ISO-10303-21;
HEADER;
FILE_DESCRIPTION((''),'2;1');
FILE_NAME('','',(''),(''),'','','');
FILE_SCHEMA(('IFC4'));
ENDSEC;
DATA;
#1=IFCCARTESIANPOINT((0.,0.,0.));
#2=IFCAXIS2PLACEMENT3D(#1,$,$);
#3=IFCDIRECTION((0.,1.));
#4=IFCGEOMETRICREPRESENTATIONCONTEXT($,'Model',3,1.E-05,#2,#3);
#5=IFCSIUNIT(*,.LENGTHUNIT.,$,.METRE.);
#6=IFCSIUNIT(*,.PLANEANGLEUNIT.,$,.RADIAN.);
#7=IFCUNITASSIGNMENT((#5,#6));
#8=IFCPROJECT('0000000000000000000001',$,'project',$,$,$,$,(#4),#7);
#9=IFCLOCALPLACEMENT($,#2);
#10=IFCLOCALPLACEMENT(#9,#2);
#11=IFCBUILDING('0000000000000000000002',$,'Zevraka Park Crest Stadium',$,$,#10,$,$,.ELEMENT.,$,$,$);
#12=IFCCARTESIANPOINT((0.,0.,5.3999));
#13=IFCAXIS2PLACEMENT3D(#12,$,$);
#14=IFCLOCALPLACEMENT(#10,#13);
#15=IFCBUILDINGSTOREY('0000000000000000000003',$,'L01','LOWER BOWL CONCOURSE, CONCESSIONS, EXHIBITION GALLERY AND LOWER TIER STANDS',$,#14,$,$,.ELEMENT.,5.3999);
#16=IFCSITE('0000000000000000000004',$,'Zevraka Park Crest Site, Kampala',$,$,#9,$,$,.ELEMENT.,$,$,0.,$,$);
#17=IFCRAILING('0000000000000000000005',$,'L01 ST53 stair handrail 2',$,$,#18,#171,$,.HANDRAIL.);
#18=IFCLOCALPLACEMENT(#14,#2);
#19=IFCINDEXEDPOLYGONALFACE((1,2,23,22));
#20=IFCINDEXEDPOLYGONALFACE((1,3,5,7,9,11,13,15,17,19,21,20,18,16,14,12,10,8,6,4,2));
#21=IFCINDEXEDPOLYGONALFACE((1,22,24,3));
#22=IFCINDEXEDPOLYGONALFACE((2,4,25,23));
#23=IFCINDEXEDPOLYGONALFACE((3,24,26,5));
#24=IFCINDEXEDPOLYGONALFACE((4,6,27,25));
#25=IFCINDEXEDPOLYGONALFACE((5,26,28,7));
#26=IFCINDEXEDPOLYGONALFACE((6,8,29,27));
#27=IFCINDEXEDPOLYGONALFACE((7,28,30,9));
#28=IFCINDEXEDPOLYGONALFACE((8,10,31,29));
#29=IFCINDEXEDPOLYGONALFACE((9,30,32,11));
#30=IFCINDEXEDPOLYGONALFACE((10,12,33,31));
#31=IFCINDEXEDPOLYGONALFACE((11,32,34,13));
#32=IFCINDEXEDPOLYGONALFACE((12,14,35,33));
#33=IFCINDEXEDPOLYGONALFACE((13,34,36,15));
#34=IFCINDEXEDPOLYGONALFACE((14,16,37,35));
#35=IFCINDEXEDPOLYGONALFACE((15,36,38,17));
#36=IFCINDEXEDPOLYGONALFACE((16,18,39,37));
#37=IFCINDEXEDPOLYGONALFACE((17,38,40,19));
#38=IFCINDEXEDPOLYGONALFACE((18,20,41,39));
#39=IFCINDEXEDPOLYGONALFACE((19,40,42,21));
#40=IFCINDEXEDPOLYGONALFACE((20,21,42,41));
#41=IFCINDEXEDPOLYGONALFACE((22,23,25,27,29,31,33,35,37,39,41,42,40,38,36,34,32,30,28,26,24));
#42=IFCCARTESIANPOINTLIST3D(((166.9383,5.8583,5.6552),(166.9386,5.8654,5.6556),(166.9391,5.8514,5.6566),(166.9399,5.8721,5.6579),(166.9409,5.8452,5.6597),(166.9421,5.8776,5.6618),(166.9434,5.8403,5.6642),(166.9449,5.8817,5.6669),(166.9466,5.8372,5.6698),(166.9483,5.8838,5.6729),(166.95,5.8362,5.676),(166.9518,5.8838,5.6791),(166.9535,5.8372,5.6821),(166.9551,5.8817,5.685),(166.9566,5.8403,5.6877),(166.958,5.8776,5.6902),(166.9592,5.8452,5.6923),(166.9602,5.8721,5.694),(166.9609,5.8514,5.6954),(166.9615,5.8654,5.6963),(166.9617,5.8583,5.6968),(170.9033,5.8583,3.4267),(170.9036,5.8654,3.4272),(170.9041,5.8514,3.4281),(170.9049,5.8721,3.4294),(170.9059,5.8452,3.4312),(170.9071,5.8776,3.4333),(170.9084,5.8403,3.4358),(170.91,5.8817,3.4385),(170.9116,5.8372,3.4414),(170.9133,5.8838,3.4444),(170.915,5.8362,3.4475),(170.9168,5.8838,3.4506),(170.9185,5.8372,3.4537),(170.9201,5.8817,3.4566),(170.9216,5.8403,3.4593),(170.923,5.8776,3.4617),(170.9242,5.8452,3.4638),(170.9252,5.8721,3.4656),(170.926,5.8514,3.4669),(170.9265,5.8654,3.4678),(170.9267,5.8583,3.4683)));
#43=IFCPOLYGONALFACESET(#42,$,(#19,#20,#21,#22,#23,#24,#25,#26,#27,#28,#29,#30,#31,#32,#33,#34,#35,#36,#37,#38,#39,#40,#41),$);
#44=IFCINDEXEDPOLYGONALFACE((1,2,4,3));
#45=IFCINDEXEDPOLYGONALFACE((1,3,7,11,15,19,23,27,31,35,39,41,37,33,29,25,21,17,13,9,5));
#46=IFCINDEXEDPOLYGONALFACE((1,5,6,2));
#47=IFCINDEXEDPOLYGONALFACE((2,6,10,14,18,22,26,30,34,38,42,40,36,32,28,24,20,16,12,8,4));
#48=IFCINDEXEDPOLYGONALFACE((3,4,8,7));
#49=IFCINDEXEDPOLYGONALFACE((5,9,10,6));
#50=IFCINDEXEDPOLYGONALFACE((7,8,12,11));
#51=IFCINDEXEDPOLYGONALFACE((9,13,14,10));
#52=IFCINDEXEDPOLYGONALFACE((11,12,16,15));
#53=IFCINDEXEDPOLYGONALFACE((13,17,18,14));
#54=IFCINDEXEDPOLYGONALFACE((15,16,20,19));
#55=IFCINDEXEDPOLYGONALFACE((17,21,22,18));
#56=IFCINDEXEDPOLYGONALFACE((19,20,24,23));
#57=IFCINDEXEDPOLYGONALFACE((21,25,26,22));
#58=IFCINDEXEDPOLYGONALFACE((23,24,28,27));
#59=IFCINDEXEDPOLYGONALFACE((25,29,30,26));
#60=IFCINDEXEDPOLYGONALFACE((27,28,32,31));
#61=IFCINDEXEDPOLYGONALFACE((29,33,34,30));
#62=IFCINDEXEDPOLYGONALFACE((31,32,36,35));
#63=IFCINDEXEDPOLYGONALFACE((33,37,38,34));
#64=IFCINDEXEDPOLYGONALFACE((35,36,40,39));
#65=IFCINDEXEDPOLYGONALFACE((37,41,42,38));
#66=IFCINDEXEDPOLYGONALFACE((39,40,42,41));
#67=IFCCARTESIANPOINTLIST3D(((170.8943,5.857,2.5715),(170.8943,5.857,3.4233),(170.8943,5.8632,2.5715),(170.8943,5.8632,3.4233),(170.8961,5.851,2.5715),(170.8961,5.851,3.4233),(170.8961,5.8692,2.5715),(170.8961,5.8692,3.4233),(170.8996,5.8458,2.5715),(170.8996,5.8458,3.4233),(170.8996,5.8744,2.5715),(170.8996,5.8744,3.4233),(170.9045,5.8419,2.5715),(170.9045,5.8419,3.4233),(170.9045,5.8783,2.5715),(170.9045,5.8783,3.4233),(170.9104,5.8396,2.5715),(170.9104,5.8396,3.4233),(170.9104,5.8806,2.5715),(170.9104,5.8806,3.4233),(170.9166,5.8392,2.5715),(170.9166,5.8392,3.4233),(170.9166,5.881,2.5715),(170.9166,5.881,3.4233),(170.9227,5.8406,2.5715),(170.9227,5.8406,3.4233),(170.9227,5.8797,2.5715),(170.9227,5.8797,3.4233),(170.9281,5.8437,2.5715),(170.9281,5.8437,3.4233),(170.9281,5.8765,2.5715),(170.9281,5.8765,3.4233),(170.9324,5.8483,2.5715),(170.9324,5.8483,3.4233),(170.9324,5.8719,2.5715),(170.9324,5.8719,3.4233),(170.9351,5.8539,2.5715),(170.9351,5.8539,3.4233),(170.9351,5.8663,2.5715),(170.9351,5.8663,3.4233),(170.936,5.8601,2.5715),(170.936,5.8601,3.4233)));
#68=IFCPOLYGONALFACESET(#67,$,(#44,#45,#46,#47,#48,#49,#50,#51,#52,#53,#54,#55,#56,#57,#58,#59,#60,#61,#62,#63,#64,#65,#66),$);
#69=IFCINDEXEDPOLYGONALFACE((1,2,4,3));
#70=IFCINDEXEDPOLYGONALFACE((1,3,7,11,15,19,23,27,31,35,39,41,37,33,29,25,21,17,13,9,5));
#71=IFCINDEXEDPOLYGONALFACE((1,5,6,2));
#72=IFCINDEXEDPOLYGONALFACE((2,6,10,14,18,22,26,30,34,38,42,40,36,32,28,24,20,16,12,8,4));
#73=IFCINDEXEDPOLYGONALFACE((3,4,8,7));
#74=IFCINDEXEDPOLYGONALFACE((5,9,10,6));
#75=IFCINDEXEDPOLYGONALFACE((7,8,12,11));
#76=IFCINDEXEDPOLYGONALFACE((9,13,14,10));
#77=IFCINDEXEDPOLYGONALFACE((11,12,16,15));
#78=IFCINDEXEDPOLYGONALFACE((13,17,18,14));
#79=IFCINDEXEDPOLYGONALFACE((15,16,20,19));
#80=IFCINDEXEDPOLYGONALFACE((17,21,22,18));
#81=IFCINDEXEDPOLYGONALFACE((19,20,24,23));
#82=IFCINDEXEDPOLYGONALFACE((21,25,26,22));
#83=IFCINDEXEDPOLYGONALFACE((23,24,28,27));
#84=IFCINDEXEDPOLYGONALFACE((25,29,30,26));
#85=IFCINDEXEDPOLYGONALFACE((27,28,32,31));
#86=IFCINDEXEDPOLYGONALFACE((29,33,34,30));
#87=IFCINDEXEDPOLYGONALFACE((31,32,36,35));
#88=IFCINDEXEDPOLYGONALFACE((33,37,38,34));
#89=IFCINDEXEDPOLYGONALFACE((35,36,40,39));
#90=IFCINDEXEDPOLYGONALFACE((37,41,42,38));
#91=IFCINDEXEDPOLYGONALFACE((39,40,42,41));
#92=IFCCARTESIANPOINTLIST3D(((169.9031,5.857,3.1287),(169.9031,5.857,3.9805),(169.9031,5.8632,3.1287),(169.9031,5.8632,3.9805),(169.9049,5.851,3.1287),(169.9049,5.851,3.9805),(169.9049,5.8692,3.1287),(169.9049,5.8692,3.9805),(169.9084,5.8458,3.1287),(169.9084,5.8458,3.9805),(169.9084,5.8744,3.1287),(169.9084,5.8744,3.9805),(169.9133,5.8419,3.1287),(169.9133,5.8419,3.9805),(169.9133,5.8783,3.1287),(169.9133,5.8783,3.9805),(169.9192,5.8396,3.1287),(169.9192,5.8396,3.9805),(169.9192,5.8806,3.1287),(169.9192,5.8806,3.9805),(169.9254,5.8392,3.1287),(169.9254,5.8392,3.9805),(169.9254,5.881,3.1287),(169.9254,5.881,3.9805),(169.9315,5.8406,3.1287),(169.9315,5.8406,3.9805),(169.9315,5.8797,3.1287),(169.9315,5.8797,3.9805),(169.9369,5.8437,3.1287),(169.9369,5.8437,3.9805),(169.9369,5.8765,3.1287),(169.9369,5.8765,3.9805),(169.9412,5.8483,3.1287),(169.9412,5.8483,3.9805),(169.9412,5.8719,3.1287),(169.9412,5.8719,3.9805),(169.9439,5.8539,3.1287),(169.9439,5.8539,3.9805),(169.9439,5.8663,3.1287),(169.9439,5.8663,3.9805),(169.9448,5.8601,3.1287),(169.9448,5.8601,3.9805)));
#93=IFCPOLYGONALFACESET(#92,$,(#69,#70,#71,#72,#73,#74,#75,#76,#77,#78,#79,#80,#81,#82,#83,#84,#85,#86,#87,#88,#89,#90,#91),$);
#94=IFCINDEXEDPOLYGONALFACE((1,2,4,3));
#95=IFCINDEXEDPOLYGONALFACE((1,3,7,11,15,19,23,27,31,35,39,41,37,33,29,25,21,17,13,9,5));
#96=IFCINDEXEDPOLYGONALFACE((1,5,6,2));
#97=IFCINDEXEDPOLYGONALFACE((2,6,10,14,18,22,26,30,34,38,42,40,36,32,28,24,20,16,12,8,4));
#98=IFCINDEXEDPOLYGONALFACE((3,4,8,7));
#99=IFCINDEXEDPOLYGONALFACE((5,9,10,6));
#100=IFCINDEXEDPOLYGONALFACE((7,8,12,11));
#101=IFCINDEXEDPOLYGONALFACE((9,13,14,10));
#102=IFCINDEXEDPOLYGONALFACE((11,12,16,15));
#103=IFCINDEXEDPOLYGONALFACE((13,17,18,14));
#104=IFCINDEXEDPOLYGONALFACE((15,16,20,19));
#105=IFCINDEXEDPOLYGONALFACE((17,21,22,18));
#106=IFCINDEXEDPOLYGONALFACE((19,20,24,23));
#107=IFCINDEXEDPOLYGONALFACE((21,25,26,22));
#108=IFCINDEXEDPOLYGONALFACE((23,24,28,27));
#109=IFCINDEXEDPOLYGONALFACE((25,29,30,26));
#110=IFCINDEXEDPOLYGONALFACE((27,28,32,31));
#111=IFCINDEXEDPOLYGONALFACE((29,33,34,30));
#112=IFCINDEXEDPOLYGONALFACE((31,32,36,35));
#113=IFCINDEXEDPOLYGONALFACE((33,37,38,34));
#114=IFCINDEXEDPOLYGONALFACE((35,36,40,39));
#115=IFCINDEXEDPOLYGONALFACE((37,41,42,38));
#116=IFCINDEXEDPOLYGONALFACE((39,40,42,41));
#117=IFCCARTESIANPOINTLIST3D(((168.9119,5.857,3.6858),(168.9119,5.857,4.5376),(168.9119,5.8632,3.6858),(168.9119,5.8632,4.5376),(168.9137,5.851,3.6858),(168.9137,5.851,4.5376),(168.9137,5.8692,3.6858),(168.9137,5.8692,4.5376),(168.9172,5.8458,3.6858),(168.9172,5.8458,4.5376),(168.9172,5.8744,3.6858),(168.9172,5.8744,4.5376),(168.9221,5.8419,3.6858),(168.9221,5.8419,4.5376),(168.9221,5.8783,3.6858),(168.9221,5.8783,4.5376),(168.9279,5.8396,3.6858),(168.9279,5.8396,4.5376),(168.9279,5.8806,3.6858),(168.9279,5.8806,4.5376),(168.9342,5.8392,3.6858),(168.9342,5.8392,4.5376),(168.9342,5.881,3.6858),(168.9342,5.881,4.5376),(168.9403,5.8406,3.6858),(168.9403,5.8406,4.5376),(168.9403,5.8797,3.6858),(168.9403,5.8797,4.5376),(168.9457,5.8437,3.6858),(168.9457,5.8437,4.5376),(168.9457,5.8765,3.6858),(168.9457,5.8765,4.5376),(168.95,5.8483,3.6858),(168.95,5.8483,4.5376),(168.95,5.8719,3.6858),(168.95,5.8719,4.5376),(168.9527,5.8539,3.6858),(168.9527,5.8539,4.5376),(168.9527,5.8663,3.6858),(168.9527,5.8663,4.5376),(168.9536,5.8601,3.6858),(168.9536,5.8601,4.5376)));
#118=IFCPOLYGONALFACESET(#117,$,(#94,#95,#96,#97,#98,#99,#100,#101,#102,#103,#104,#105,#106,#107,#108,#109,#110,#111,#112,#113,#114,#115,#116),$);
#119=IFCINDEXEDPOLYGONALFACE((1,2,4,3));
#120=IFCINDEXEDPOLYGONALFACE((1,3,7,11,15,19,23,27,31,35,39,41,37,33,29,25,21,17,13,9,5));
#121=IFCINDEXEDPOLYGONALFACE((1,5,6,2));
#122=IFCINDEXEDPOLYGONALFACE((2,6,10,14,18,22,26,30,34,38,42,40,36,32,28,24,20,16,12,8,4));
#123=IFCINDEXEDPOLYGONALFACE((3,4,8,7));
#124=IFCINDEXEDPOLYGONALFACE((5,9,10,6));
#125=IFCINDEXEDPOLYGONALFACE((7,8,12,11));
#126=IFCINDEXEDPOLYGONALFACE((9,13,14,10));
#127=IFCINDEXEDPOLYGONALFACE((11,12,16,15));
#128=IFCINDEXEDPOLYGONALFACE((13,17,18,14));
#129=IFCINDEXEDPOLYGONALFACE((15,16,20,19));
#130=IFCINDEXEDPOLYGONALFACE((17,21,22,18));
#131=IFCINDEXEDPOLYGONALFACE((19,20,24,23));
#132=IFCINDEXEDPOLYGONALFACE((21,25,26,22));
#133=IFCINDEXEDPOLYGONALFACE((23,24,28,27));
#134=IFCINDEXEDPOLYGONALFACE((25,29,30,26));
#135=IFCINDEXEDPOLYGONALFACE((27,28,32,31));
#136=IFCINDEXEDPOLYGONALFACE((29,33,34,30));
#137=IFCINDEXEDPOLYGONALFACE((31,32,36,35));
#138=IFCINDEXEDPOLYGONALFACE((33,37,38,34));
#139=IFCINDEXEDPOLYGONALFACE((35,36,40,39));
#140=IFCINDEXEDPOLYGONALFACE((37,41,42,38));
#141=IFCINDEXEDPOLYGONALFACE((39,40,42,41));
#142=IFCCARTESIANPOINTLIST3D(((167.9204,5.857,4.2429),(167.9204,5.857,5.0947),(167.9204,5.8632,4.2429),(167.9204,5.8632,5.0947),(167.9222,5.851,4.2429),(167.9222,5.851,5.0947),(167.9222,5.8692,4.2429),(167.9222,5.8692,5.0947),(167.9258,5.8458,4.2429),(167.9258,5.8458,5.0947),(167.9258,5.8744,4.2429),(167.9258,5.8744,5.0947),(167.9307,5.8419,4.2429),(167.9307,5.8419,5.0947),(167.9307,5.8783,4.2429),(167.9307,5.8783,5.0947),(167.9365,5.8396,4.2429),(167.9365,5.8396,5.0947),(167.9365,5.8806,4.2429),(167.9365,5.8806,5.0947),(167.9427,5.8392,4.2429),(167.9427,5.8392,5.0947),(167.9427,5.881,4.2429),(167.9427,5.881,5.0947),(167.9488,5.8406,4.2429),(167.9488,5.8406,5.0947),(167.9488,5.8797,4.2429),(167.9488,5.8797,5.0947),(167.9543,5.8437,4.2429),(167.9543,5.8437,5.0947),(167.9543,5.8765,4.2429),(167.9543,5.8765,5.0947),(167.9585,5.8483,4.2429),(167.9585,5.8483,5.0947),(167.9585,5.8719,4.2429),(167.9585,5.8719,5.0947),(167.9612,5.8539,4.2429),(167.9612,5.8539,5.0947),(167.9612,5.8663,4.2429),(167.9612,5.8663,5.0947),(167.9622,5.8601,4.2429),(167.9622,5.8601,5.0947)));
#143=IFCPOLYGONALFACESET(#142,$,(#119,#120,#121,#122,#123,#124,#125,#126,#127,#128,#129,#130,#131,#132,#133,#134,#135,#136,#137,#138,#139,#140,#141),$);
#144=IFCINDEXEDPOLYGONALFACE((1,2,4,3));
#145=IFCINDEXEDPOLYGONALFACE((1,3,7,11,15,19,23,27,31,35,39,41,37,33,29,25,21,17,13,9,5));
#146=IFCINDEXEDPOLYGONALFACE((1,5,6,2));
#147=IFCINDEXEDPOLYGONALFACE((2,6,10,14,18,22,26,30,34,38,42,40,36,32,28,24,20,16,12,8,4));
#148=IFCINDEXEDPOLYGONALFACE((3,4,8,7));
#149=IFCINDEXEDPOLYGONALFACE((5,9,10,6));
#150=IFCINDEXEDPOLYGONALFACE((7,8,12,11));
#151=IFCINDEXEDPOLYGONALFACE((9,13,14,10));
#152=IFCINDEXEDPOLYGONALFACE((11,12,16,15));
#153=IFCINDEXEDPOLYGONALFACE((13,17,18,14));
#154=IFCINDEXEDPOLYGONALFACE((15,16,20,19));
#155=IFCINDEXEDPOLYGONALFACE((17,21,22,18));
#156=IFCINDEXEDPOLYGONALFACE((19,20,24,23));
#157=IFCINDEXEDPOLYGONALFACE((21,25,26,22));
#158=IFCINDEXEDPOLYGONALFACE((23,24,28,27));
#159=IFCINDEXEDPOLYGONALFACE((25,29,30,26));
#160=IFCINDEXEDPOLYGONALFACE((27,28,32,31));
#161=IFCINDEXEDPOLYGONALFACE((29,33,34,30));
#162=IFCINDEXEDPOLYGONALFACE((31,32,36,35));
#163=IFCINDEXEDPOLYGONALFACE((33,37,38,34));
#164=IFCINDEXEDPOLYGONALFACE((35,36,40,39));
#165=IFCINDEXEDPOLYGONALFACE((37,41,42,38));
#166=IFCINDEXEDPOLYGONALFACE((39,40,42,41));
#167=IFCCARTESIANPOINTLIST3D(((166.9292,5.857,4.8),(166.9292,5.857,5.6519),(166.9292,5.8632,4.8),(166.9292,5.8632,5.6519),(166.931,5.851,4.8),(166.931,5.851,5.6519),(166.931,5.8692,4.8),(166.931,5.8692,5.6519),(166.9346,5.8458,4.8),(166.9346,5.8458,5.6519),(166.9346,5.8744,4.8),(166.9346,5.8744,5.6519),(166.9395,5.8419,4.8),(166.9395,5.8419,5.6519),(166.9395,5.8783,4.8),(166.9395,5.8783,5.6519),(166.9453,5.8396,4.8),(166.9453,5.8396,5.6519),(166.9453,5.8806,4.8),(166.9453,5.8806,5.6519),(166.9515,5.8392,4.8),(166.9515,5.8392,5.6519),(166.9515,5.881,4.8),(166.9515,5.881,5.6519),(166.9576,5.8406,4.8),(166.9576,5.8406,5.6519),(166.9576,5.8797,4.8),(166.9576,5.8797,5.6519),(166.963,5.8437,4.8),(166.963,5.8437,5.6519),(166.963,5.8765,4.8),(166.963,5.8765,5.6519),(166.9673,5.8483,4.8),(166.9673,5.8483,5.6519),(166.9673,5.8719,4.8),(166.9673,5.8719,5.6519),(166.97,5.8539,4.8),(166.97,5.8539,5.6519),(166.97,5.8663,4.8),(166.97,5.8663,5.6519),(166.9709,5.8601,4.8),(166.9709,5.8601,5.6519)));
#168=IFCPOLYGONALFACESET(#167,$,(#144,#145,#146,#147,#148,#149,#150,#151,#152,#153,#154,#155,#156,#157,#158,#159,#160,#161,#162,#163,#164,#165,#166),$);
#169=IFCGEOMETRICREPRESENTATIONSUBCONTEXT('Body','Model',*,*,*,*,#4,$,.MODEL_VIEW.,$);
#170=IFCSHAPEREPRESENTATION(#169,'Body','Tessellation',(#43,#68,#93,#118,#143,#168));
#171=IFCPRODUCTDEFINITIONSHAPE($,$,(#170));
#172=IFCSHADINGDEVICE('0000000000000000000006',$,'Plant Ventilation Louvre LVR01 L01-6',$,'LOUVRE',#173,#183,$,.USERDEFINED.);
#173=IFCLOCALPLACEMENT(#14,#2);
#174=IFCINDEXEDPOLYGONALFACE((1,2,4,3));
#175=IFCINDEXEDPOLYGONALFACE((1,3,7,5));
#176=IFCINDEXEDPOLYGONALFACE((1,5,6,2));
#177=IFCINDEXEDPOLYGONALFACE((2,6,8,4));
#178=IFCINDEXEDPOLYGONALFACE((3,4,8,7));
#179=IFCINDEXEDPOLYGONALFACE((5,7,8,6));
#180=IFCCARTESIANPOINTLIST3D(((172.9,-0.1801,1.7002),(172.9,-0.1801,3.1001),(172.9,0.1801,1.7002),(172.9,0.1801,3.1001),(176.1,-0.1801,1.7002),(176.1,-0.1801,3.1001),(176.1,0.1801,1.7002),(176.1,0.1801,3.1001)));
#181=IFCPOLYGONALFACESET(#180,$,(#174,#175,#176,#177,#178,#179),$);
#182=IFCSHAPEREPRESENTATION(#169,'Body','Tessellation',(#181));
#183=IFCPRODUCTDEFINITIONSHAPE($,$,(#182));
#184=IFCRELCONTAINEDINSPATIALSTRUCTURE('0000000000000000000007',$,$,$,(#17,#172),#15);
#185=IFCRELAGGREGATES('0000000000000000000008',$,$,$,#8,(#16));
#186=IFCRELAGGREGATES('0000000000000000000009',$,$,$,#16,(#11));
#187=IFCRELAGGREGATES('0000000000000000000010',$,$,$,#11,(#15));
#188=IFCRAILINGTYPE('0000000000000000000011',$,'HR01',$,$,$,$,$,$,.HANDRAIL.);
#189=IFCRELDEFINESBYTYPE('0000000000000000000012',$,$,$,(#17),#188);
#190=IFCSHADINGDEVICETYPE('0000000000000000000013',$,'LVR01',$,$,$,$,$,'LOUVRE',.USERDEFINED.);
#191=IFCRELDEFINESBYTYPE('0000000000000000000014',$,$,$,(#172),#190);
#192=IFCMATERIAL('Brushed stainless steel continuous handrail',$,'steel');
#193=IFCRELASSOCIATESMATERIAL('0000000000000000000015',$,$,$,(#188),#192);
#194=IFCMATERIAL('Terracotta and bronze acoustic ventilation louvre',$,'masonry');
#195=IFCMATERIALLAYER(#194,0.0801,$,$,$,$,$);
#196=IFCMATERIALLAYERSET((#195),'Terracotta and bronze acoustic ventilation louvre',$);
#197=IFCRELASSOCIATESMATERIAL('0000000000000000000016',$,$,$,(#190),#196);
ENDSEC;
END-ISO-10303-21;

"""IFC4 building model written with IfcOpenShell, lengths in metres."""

from ifc_helpers import new_model, si_unit, direction, frame, origin, origin_2d, place, context, subcontext, project, spatial, rectangle, circle, extrude, material, layer, layer_set, type_object, element, save


model = new_model("IFC4")

# Units and contexts
model_context = context("Model", 3, precision=1e-05, world=origin(), true_north=direction((0.0, 1.0)))
body_context = subcontext(model_context, "Body", "Model", "MODEL_VIEW")
ifc_project = project(units=[si_unit("LENGTHUNIT", "METRE"), si_unit("PLANEANGLEUNIT", "RADIAN")], contexts=[model_context])

# Site, building, storey
site_placement = place(None, origin())
site = spatial("IfcSite", under=ifc_project, at=site_placement, Name="Zevraka Park Crest Site, Kampala", CompositionType="ELEMENT", RefElevation=0.0)
building_placement = place(site_placement, origin())
building = spatial("IfcBuilding", under=site, at=building_placement, Name="Zevraka Park Crest Stadium", CompositionType="ELEMENT")
storey_placement = place(building_placement, frame((0.0, 0.0, 5.3999)))
storey = spatial("IfcBuildingStorey", under=building, at=storey_placement, Name="L01", Description="LOWER BOWL CONCOURSE, CONCESSIONS, EXHIBITION GALLERY AND LOWER TIER STANDS", CompositionType="ELEMENT", Elevation=5.3999)

# Railing
ifc_material_1 = material(Name="Brushed stainless steel continuous handrail", Category="steel")
railing_type_1 = type_object("IfcRailingType", Name="HR01", PredefinedType="HANDRAIL", material=ifc_material_1)
railing_1_placement = place(storey_placement, frame((170.915, 5.8601, 2.5715)))
element("IfcRailing", 1, at=railing_1_placement, inside=storey, type_object=railing_type_1, Name="L01 ST53 stair handrail 2", PredefinedType="HANDRAIL", context=body_context, shape_type="SweptSolid", body=[
    extrude(circle(Radius=0.0239, at=origin_2d()), frame((0.0, 0.0, 0.876), z_axis=(-0.871749, 0.0, 0.489953), x_axis=(0.0, -1.0, 0.0)), (0.0, 0.0, 1.0), 4.5483),
    extrude(circle(Radius=0.021, at=origin_2d()), origin(), (0.0, 0.0, 1.0), 0.8518),
    extrude(circle(Radius=0.021, at=origin_2d()), frame((-0.9912, 0.0, 0.5571)), (0.0, 0.0, 1.0), 0.8518),
    extrude(circle(Radius=0.021, at=origin_2d()), frame((-1.9824, 0.0, 1.1143)), (0.0, 0.0, 1.0), 0.8518),
    extrude(circle(Radius=0.021, at=origin_2d()), frame((-2.9739, 0.0, 1.6714)), (0.0, 0.0, 1.0), 0.8518),
    extrude(circle(Radius=0.021, at=origin_2d()), frame((-3.9651, 0.0, 2.2285)), (0.0, 0.0, 1.0), 0.8518),
])

# Shading device
ifc_material_2 = material(Name="Terracotta and bronze acoustic ventilation louvre", Category="masonry")
ifc_layer_1 = layer(ifc_material_2, 0.0801)
ifc_layer_set_1 = layer_set([ifc_layer_1], Name="Terracotta and bronze acoustic ventilation louvre")
shading_device_type = type_object("IfcShadingDeviceType", Name="LVR01", ElementType="LOUVRE", PredefinedType="USERDEFINED", material=ifc_layer_set_1)
shading_device_placement = place(storey_placement, frame((174.5, 0.0, 1.7002), z_axis=(0.0, 0.0, 1.0), x_axis=(-1.0, 0.0, 0.0)))
element("IfcShadingDevice", 2, at=shading_device_placement, inside=storey, type_object=shading_device_type, Name="Plant Ventilation Louvre LVR01 L01-6", ObjectType="LOUVRE", PredefinedType="USERDEFINED", context=body_context, shape_type="SweptSolid", body=[
    extrude(rectangle(XDim=3.2, YDim=0.3601, at=origin_2d()), origin(), (0.0, 0.0, 1.0), 1.3999),
])

save(model, "model.ifc")
